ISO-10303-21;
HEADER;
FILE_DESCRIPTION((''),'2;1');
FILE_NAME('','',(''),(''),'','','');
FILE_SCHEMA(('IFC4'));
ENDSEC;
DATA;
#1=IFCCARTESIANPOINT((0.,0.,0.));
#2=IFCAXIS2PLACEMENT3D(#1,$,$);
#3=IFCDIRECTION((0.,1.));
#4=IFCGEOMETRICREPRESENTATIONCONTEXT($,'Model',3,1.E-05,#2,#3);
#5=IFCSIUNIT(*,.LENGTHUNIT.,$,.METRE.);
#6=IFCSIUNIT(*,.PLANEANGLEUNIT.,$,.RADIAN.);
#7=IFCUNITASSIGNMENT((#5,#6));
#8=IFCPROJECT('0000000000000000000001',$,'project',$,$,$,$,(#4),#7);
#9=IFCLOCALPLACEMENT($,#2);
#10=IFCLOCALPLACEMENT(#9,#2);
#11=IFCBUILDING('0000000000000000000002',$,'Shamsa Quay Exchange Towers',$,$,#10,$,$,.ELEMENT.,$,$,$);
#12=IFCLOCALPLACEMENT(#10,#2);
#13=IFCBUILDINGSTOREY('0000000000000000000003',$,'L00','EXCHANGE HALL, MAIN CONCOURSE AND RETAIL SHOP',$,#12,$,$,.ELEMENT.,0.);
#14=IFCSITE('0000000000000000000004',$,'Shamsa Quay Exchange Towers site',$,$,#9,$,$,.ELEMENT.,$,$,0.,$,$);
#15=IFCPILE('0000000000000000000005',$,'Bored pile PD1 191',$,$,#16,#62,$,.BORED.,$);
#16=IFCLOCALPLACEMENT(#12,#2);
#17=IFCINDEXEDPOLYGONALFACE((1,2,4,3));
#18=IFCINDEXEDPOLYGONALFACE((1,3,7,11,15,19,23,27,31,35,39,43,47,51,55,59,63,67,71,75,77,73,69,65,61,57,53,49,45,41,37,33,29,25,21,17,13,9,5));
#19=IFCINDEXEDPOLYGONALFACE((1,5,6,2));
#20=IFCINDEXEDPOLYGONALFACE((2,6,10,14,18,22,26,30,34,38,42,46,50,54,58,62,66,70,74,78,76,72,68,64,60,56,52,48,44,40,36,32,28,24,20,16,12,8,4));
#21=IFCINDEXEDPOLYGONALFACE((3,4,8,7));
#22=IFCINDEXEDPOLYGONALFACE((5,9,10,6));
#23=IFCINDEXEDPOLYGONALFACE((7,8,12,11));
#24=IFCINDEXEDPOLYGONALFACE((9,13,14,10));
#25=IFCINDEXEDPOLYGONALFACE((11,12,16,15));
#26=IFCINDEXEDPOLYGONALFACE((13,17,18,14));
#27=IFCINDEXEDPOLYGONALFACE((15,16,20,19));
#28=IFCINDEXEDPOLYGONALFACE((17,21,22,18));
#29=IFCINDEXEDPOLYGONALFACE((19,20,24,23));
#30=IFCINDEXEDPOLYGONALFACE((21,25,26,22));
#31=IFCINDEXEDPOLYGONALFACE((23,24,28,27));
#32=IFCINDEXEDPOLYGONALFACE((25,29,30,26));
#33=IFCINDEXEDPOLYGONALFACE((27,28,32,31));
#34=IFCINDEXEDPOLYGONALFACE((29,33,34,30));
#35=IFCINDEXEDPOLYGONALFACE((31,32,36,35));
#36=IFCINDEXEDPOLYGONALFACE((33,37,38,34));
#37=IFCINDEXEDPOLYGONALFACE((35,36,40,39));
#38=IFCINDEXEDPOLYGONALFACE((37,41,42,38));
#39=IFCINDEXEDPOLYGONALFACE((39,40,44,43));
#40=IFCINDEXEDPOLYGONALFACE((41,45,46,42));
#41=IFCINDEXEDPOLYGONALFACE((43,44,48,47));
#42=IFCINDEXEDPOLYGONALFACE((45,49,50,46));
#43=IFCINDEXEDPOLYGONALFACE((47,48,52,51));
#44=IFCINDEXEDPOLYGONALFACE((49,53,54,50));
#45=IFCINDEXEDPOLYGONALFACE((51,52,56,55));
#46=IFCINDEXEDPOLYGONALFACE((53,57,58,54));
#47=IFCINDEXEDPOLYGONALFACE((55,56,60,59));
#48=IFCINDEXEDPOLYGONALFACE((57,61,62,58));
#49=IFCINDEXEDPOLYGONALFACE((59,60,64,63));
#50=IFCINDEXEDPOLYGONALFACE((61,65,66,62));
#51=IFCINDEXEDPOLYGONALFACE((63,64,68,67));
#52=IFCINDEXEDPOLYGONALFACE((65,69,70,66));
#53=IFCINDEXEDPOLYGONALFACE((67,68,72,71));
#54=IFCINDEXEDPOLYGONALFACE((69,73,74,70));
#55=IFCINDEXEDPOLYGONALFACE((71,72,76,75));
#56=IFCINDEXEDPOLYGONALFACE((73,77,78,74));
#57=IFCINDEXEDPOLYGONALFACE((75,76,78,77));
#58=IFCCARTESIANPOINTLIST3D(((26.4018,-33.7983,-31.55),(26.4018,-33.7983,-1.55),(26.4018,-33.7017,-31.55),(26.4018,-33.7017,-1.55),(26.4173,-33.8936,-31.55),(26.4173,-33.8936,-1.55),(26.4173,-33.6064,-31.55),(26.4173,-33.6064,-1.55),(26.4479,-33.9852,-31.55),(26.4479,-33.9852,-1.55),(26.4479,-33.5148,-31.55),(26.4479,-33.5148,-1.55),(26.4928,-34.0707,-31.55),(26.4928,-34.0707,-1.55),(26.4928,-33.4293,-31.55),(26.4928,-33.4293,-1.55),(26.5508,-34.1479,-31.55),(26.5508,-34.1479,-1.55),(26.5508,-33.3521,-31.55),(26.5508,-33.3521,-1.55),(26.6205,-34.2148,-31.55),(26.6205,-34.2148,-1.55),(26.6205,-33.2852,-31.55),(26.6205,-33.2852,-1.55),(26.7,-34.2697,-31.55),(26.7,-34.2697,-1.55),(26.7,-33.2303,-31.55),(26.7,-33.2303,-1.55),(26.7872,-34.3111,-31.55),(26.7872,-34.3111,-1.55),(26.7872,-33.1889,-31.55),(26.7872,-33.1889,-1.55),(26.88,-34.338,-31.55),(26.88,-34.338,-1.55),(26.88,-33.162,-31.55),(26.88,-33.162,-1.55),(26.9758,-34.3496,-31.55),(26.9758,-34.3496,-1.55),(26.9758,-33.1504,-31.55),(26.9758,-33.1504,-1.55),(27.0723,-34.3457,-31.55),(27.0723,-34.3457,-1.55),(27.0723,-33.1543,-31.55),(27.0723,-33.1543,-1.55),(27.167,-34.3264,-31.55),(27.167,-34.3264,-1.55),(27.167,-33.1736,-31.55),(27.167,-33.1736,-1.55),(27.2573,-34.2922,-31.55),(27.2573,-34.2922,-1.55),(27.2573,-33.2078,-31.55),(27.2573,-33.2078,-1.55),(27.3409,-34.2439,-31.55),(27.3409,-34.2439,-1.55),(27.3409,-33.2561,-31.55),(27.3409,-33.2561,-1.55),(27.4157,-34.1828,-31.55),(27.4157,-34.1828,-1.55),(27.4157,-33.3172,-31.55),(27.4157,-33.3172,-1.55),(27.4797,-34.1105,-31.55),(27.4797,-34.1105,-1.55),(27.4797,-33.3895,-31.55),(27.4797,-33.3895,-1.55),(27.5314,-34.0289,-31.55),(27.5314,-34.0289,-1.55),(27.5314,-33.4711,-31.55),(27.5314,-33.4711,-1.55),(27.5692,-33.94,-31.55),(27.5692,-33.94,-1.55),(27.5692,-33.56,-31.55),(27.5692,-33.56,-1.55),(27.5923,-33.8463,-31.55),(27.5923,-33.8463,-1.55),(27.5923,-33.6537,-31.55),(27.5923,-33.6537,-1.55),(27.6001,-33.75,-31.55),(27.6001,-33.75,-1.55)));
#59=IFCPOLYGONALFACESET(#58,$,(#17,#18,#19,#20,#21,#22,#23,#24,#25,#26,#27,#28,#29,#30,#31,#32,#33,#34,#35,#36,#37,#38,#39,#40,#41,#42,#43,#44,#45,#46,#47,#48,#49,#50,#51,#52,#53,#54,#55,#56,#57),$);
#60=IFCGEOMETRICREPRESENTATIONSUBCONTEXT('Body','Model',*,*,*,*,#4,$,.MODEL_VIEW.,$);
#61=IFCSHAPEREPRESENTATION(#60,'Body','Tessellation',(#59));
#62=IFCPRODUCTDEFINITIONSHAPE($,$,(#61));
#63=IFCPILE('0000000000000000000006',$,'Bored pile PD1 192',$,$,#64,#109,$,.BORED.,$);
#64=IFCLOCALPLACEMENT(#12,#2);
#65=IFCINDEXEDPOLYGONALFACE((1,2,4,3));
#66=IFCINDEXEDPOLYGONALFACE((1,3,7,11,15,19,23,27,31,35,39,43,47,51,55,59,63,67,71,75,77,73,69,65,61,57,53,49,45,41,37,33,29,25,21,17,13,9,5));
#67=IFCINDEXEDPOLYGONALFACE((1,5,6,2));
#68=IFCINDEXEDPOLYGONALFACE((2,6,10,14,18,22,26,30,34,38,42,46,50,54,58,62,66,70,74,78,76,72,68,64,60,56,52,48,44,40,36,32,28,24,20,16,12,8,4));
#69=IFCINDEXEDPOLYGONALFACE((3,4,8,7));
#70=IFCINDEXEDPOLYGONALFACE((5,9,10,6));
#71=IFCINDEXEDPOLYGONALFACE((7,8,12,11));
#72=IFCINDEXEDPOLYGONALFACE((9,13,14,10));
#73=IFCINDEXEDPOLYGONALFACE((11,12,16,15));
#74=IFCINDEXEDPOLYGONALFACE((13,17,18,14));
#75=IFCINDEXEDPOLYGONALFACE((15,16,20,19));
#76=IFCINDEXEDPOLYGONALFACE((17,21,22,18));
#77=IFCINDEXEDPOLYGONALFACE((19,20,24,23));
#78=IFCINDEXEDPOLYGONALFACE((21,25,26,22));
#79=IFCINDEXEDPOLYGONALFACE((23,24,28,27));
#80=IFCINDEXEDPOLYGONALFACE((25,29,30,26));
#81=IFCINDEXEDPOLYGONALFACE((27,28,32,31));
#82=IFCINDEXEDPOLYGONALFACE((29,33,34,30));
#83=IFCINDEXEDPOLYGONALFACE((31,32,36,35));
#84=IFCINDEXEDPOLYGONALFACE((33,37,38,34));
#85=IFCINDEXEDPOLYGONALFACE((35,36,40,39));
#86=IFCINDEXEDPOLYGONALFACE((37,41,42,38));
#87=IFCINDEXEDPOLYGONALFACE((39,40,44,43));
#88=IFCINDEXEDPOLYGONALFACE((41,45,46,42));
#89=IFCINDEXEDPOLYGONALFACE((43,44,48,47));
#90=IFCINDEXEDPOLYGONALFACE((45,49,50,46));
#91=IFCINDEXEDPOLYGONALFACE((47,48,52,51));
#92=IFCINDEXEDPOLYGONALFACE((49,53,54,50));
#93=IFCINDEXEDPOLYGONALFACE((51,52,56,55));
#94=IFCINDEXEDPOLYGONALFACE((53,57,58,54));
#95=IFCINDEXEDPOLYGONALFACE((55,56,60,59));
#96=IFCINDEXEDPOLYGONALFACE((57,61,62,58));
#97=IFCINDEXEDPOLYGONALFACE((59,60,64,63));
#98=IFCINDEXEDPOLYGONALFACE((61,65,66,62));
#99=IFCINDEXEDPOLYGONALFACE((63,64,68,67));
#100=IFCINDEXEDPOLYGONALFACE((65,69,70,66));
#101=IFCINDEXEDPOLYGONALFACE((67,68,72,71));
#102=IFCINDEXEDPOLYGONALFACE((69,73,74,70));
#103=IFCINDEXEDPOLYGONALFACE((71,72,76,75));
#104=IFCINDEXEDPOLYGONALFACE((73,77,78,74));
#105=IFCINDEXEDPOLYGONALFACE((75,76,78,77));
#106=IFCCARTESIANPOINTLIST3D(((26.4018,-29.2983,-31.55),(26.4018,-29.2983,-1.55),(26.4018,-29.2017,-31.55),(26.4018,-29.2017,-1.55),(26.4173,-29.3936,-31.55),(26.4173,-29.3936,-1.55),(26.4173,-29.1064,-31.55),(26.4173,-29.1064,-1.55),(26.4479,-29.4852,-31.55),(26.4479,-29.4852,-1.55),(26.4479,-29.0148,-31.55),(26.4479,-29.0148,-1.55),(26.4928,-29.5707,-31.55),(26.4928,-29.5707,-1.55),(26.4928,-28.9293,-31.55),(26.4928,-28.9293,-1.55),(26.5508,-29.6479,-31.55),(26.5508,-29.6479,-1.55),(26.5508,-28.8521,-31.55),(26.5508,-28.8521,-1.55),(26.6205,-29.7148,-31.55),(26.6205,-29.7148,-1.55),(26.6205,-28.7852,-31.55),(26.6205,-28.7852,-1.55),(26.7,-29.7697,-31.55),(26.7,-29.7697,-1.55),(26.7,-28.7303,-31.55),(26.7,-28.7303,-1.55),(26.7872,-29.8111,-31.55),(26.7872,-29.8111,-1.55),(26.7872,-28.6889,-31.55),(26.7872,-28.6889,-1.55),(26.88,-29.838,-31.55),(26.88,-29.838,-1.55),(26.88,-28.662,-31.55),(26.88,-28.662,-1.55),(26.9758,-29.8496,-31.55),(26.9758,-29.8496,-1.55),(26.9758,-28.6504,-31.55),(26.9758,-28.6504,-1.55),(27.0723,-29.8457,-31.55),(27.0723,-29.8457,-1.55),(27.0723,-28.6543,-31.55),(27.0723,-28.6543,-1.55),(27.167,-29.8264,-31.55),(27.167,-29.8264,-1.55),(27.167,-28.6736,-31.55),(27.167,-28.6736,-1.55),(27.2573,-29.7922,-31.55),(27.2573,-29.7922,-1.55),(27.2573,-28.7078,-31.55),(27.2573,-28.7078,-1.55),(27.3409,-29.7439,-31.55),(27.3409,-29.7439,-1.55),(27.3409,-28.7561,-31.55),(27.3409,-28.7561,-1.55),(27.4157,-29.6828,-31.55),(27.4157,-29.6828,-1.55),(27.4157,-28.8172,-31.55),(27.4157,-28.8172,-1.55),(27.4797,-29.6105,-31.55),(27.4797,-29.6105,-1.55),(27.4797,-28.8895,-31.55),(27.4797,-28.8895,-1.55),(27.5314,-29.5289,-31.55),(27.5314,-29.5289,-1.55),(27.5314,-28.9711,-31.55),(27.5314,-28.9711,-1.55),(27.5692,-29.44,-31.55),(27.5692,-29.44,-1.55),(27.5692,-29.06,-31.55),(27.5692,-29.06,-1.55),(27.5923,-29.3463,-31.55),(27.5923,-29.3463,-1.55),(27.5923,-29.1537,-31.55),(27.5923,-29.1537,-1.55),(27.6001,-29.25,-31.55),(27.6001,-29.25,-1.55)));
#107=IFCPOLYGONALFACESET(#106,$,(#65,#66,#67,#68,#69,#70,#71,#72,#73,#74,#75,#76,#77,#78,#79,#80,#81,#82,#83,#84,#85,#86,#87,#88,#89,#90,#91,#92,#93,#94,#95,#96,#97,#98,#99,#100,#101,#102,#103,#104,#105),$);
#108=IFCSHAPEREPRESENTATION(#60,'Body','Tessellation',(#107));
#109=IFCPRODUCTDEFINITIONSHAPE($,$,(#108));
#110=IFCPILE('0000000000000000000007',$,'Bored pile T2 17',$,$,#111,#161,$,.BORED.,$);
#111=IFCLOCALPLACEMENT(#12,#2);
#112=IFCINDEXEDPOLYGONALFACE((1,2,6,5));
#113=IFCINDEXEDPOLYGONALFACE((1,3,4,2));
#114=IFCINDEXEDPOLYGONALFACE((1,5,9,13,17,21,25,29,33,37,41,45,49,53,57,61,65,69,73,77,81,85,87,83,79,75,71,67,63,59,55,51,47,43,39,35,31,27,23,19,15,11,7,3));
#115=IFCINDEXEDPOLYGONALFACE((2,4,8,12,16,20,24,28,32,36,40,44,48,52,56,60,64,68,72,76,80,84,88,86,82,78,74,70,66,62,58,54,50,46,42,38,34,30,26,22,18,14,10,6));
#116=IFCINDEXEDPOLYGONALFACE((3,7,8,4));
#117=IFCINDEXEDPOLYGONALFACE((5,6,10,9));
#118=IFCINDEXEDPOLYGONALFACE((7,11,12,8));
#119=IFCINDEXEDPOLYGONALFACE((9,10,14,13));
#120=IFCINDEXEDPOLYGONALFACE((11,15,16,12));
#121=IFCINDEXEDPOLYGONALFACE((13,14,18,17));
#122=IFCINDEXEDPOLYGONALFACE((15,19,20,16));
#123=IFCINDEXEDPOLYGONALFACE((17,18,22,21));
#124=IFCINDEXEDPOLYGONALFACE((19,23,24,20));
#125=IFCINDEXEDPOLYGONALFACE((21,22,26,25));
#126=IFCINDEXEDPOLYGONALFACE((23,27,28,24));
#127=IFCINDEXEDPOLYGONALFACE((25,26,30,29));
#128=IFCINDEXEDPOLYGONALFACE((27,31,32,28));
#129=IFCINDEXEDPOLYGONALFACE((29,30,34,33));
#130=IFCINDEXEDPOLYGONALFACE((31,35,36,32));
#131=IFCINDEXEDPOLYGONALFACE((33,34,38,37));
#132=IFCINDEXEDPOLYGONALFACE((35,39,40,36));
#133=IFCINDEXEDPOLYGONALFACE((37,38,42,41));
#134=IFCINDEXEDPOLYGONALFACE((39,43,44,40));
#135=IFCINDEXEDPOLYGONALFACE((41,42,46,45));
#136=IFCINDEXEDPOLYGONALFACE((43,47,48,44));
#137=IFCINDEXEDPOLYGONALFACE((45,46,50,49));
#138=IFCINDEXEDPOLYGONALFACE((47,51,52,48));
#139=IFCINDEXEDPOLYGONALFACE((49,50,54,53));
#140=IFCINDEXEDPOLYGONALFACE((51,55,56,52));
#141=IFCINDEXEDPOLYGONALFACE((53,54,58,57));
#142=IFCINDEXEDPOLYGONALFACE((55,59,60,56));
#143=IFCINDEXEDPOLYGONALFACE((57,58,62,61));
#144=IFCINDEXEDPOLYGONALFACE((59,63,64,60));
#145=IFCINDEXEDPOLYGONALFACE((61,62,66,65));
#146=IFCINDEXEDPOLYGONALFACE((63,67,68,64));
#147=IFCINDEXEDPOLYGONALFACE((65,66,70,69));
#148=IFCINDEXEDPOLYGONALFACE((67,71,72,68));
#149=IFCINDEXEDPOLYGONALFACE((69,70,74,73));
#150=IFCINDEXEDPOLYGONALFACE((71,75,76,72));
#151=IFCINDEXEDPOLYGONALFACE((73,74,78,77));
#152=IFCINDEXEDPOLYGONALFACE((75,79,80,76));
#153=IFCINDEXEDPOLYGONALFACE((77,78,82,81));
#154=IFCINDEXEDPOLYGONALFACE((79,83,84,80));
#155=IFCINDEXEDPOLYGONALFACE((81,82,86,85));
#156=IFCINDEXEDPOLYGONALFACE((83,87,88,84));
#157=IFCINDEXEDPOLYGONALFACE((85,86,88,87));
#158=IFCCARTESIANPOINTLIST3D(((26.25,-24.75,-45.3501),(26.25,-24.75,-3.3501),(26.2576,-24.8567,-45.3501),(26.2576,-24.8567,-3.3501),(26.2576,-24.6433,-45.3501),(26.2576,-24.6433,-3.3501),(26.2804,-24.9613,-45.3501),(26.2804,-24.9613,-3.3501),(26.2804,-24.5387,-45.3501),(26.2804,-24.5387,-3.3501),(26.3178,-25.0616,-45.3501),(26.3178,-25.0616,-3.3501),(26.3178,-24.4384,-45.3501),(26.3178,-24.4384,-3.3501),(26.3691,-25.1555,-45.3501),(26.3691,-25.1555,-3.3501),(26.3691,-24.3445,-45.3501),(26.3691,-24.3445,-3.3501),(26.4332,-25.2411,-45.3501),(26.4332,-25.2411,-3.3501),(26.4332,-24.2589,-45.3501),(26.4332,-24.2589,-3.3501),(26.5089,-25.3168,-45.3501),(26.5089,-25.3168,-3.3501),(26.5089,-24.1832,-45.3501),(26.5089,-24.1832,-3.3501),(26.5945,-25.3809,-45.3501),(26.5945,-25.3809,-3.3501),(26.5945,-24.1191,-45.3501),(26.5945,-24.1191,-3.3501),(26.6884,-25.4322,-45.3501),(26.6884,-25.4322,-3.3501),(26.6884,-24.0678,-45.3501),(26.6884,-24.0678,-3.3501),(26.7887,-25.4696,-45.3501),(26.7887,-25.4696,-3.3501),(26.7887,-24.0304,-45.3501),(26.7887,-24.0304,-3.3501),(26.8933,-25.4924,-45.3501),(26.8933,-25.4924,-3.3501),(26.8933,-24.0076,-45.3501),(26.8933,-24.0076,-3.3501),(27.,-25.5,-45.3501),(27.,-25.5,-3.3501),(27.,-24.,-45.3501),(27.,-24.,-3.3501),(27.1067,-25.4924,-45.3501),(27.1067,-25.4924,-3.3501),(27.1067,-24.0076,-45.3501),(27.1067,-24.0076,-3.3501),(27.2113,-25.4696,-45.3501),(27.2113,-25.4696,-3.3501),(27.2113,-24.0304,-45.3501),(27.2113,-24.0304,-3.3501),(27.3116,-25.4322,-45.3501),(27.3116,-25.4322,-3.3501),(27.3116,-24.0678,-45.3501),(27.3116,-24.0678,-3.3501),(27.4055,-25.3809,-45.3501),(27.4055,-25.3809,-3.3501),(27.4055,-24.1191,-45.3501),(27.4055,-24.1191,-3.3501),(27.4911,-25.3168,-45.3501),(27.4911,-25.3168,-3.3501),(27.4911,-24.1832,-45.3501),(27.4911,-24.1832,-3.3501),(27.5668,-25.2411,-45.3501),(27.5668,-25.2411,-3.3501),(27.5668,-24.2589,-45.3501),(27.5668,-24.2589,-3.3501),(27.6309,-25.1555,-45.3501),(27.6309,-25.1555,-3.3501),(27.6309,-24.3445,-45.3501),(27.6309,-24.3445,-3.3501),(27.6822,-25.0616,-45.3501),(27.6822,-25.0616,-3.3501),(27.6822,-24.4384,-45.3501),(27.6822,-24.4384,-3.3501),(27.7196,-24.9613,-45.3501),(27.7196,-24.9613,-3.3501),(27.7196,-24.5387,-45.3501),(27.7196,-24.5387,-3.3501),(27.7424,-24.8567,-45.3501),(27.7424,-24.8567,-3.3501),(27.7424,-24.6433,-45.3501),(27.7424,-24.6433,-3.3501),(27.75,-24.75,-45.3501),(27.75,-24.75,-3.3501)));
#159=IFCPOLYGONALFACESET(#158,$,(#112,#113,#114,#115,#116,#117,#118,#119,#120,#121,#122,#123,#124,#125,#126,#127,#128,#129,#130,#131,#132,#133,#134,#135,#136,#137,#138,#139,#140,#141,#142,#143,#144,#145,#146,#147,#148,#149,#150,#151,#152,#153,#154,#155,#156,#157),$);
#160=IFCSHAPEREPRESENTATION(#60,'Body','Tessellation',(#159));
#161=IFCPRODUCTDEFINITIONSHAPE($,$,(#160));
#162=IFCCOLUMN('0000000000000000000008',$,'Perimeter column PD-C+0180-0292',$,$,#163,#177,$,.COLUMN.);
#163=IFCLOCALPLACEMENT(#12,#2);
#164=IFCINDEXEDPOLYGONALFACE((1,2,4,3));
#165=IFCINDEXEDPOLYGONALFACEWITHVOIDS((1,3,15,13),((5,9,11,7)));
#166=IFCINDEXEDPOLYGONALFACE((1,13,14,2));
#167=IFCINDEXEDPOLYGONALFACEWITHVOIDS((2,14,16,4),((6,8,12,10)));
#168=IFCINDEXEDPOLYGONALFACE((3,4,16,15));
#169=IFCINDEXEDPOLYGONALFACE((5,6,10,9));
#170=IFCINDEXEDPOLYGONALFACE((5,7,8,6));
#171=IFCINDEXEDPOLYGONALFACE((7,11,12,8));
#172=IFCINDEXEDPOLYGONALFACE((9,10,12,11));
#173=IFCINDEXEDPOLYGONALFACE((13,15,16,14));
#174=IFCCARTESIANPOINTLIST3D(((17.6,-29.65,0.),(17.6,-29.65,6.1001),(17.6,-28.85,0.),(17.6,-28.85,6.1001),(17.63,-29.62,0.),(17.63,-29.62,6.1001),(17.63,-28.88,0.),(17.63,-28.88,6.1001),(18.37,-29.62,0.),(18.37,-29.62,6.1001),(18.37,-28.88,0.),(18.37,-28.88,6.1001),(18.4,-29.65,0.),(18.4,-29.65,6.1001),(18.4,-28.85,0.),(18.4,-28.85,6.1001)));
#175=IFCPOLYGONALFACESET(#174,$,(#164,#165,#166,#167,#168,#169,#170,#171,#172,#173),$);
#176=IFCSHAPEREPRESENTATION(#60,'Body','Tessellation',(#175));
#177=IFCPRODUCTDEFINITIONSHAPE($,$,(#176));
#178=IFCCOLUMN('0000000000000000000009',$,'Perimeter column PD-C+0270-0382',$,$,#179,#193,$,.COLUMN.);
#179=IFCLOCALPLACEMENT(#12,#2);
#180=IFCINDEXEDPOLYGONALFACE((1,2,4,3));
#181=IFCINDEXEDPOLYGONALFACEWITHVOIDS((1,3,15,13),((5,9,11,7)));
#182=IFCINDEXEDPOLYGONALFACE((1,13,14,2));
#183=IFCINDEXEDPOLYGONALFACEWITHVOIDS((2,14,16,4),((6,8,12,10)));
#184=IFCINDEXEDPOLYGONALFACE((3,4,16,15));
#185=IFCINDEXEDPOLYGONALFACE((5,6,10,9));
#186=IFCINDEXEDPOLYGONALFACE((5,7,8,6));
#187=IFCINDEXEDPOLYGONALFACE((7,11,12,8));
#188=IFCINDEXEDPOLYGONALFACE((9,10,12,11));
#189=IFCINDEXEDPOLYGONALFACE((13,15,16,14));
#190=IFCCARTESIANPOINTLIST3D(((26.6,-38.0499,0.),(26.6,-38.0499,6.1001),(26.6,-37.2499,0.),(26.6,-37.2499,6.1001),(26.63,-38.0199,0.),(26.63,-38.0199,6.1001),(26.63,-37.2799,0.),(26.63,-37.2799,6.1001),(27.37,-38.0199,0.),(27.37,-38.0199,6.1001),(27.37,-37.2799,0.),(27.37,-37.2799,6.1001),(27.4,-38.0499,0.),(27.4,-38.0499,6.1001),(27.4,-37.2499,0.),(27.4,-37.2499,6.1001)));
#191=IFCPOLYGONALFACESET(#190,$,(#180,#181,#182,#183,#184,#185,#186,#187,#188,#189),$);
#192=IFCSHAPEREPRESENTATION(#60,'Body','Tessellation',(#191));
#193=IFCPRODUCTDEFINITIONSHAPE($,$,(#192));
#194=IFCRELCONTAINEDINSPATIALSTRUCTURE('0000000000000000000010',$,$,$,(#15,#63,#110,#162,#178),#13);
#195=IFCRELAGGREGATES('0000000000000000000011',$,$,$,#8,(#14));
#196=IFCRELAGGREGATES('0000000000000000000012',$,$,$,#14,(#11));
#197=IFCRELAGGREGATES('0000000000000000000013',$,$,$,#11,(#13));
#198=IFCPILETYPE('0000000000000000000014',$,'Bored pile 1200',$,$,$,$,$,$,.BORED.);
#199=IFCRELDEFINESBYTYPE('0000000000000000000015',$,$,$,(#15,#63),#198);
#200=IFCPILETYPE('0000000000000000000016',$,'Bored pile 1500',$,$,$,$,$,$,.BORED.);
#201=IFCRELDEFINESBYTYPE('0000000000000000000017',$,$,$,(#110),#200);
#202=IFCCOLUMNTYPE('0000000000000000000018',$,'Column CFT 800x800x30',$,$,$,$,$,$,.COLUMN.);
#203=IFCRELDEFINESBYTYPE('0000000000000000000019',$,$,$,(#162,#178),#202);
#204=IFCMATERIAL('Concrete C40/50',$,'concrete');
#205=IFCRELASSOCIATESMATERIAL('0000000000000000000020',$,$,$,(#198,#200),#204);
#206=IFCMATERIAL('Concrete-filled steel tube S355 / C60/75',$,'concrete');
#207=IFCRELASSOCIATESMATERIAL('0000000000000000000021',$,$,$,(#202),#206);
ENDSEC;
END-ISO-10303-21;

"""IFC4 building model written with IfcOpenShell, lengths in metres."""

from ifc_helpers import new_model, si_unit, direction, frame, origin, origin_2d, place, context, subcontext, project, spatial, hollow_rectangle, circle, extrude, material, material_profile, profile_set, type_object, element, save


model = new_model("IFC4")

# Units and contexts
model_context = context("Model", 3, precision=1e-05, world=origin(), true_north=direction((0.0, 1.0)))
body_context = subcontext(model_context, "Body", "Model", "MODEL_VIEW")
ifc_project = project(units=[si_unit("LENGTHUNIT", "METRE"), si_unit("PLANEANGLEUNIT", "RADIAN")], contexts=[model_context])

# Site, building, storey
site_placement = place(None, origin())
site = spatial("IfcSite", under=ifc_project, at=site_placement, Name="Shamsa Quay Exchange Towers site", CompositionType="ELEMENT", RefElevation=0.0)
building_placement = place(site_placement, origin())
building = spatial("IfcBuilding", under=site, at=building_placement, Name="Shamsa Quay Exchange Towers", CompositionType="ELEMENT")
storey_placement = place(building_placement, origin())
storey = spatial("IfcBuildingStorey", under=building, at=storey_placement, Name="L00", Description="EXCHANGE HALL, MAIN CONCOURSE AND RETAIL SHOP", CompositionType="ELEMENT", Elevation=0.0)

# Piles
ifc_material_1 = material(Name="Concrete C40/50", Category="concrete")
ifc_material_profile_1 = material_profile(ifc_material_1, circle(Radius=0.6001, at=origin_2d()), Name="BP1200")
ifc_profile_set_1 = profile_set([ifc_material_profile_1], Name="Concrete C40/50")
pile_type_1 = type_object("IfcPileType", Name="Bored pile 1200", PredefinedType="BORED", material=ifc_profile_set_1)
for number, where, z_axis, x_axis, name in (
    (1, (27.0, -33.75, -1.55), (0.0, 0.0, -1.0), (1.0, 0.0, 0.0), "Bored pile PD1 191"),
    (2, (27.0, -29.25, -1.55), (0.0, 0.0, -1.0), (1.0, 0.0, 0.0), "Bored pile PD1 192"),
):
    element("IfcPile", number, at=place(storey_placement, frame(where, z_axis=z_axis, x_axis=x_axis)), inside=storey, type_object=pile_type_1, Name=name, PredefinedType="BORED", context=body_context, shape_type="SweptSolid", body=[
        extrude(circle(Radius=0.6001, at=origin_2d()), origin(), (0.0, 0.0, 1.0), 30.0),
    ])
ifc_material_profile_2 = material_profile(ifc_material_1, circle(Radius=0.75, at=origin_2d()), Name="BP1500")
ifc_profile_set_2 = profile_set([ifc_material_profile_2], Name="Concrete C40/50")
pile_type_2 = type_object("IfcPileType", Name="Bored pile 1500", PredefinedType="BORED", material=ifc_profile_set_2)
pile_placement = place(storey_placement, frame((27.0, -24.75, -3.3501), z_axis=(0.0, 0.0, -1.0), x_axis=(1.0, 0.0, 0.0)))
element("IfcPile", 3, at=pile_placement, inside=storey, type_object=pile_type_2, Name="Bored pile T2 17", PredefinedType="BORED", context=body_context, shape_type="SweptSolid", body=[
    extrude(circle(Radius=0.75, at=origin_2d()), origin(), (0.0, 0.0, 1.0), 42.0),
])

# Columns
ifc_material_2 = material(Name="Concrete-filled steel tube S355 / C60/75", Category="concrete")
ifc_material_profile_3 = material_profile(ifc_material_2, hollow_rectangle(XDim=0.8, YDim=0.8, WallThickness=0.03, at=origin_2d()), Name="CFT 800x800x30")
ifc_profile_set_3 = profile_set([ifc_material_profile_3], Name="Concrete-filled steel tube S355 / C60/75")
column_type = type_object("IfcColumnType", Name="Column CFT 800x800x30", PredefinedType="COLUMN", material=ifc_profile_set_3)
for number, where, name in (
    (4, (18.0, -29.25, 0.0), "Perimeter column PD-C+0180-0292"),
    (5, (27.0, -37.6499, 0.0), "Perimeter column PD-C+0270-0382"),
):
    element("IfcColumn", number, at=place(storey_placement, frame(where)), inside=storey, type_object=column_type, Name=name, PredefinedType="COLUMN", context=body_context, shape_type="SweptSolid", body=[
        extrude(hollow_rectangle(XDim=0.8, YDim=0.8, WallThickness=0.03, at=origin_2d()), origin(), (0.0, 0.0, 1.0), 6.1001),
    ])

save(model, "model.ifc")
